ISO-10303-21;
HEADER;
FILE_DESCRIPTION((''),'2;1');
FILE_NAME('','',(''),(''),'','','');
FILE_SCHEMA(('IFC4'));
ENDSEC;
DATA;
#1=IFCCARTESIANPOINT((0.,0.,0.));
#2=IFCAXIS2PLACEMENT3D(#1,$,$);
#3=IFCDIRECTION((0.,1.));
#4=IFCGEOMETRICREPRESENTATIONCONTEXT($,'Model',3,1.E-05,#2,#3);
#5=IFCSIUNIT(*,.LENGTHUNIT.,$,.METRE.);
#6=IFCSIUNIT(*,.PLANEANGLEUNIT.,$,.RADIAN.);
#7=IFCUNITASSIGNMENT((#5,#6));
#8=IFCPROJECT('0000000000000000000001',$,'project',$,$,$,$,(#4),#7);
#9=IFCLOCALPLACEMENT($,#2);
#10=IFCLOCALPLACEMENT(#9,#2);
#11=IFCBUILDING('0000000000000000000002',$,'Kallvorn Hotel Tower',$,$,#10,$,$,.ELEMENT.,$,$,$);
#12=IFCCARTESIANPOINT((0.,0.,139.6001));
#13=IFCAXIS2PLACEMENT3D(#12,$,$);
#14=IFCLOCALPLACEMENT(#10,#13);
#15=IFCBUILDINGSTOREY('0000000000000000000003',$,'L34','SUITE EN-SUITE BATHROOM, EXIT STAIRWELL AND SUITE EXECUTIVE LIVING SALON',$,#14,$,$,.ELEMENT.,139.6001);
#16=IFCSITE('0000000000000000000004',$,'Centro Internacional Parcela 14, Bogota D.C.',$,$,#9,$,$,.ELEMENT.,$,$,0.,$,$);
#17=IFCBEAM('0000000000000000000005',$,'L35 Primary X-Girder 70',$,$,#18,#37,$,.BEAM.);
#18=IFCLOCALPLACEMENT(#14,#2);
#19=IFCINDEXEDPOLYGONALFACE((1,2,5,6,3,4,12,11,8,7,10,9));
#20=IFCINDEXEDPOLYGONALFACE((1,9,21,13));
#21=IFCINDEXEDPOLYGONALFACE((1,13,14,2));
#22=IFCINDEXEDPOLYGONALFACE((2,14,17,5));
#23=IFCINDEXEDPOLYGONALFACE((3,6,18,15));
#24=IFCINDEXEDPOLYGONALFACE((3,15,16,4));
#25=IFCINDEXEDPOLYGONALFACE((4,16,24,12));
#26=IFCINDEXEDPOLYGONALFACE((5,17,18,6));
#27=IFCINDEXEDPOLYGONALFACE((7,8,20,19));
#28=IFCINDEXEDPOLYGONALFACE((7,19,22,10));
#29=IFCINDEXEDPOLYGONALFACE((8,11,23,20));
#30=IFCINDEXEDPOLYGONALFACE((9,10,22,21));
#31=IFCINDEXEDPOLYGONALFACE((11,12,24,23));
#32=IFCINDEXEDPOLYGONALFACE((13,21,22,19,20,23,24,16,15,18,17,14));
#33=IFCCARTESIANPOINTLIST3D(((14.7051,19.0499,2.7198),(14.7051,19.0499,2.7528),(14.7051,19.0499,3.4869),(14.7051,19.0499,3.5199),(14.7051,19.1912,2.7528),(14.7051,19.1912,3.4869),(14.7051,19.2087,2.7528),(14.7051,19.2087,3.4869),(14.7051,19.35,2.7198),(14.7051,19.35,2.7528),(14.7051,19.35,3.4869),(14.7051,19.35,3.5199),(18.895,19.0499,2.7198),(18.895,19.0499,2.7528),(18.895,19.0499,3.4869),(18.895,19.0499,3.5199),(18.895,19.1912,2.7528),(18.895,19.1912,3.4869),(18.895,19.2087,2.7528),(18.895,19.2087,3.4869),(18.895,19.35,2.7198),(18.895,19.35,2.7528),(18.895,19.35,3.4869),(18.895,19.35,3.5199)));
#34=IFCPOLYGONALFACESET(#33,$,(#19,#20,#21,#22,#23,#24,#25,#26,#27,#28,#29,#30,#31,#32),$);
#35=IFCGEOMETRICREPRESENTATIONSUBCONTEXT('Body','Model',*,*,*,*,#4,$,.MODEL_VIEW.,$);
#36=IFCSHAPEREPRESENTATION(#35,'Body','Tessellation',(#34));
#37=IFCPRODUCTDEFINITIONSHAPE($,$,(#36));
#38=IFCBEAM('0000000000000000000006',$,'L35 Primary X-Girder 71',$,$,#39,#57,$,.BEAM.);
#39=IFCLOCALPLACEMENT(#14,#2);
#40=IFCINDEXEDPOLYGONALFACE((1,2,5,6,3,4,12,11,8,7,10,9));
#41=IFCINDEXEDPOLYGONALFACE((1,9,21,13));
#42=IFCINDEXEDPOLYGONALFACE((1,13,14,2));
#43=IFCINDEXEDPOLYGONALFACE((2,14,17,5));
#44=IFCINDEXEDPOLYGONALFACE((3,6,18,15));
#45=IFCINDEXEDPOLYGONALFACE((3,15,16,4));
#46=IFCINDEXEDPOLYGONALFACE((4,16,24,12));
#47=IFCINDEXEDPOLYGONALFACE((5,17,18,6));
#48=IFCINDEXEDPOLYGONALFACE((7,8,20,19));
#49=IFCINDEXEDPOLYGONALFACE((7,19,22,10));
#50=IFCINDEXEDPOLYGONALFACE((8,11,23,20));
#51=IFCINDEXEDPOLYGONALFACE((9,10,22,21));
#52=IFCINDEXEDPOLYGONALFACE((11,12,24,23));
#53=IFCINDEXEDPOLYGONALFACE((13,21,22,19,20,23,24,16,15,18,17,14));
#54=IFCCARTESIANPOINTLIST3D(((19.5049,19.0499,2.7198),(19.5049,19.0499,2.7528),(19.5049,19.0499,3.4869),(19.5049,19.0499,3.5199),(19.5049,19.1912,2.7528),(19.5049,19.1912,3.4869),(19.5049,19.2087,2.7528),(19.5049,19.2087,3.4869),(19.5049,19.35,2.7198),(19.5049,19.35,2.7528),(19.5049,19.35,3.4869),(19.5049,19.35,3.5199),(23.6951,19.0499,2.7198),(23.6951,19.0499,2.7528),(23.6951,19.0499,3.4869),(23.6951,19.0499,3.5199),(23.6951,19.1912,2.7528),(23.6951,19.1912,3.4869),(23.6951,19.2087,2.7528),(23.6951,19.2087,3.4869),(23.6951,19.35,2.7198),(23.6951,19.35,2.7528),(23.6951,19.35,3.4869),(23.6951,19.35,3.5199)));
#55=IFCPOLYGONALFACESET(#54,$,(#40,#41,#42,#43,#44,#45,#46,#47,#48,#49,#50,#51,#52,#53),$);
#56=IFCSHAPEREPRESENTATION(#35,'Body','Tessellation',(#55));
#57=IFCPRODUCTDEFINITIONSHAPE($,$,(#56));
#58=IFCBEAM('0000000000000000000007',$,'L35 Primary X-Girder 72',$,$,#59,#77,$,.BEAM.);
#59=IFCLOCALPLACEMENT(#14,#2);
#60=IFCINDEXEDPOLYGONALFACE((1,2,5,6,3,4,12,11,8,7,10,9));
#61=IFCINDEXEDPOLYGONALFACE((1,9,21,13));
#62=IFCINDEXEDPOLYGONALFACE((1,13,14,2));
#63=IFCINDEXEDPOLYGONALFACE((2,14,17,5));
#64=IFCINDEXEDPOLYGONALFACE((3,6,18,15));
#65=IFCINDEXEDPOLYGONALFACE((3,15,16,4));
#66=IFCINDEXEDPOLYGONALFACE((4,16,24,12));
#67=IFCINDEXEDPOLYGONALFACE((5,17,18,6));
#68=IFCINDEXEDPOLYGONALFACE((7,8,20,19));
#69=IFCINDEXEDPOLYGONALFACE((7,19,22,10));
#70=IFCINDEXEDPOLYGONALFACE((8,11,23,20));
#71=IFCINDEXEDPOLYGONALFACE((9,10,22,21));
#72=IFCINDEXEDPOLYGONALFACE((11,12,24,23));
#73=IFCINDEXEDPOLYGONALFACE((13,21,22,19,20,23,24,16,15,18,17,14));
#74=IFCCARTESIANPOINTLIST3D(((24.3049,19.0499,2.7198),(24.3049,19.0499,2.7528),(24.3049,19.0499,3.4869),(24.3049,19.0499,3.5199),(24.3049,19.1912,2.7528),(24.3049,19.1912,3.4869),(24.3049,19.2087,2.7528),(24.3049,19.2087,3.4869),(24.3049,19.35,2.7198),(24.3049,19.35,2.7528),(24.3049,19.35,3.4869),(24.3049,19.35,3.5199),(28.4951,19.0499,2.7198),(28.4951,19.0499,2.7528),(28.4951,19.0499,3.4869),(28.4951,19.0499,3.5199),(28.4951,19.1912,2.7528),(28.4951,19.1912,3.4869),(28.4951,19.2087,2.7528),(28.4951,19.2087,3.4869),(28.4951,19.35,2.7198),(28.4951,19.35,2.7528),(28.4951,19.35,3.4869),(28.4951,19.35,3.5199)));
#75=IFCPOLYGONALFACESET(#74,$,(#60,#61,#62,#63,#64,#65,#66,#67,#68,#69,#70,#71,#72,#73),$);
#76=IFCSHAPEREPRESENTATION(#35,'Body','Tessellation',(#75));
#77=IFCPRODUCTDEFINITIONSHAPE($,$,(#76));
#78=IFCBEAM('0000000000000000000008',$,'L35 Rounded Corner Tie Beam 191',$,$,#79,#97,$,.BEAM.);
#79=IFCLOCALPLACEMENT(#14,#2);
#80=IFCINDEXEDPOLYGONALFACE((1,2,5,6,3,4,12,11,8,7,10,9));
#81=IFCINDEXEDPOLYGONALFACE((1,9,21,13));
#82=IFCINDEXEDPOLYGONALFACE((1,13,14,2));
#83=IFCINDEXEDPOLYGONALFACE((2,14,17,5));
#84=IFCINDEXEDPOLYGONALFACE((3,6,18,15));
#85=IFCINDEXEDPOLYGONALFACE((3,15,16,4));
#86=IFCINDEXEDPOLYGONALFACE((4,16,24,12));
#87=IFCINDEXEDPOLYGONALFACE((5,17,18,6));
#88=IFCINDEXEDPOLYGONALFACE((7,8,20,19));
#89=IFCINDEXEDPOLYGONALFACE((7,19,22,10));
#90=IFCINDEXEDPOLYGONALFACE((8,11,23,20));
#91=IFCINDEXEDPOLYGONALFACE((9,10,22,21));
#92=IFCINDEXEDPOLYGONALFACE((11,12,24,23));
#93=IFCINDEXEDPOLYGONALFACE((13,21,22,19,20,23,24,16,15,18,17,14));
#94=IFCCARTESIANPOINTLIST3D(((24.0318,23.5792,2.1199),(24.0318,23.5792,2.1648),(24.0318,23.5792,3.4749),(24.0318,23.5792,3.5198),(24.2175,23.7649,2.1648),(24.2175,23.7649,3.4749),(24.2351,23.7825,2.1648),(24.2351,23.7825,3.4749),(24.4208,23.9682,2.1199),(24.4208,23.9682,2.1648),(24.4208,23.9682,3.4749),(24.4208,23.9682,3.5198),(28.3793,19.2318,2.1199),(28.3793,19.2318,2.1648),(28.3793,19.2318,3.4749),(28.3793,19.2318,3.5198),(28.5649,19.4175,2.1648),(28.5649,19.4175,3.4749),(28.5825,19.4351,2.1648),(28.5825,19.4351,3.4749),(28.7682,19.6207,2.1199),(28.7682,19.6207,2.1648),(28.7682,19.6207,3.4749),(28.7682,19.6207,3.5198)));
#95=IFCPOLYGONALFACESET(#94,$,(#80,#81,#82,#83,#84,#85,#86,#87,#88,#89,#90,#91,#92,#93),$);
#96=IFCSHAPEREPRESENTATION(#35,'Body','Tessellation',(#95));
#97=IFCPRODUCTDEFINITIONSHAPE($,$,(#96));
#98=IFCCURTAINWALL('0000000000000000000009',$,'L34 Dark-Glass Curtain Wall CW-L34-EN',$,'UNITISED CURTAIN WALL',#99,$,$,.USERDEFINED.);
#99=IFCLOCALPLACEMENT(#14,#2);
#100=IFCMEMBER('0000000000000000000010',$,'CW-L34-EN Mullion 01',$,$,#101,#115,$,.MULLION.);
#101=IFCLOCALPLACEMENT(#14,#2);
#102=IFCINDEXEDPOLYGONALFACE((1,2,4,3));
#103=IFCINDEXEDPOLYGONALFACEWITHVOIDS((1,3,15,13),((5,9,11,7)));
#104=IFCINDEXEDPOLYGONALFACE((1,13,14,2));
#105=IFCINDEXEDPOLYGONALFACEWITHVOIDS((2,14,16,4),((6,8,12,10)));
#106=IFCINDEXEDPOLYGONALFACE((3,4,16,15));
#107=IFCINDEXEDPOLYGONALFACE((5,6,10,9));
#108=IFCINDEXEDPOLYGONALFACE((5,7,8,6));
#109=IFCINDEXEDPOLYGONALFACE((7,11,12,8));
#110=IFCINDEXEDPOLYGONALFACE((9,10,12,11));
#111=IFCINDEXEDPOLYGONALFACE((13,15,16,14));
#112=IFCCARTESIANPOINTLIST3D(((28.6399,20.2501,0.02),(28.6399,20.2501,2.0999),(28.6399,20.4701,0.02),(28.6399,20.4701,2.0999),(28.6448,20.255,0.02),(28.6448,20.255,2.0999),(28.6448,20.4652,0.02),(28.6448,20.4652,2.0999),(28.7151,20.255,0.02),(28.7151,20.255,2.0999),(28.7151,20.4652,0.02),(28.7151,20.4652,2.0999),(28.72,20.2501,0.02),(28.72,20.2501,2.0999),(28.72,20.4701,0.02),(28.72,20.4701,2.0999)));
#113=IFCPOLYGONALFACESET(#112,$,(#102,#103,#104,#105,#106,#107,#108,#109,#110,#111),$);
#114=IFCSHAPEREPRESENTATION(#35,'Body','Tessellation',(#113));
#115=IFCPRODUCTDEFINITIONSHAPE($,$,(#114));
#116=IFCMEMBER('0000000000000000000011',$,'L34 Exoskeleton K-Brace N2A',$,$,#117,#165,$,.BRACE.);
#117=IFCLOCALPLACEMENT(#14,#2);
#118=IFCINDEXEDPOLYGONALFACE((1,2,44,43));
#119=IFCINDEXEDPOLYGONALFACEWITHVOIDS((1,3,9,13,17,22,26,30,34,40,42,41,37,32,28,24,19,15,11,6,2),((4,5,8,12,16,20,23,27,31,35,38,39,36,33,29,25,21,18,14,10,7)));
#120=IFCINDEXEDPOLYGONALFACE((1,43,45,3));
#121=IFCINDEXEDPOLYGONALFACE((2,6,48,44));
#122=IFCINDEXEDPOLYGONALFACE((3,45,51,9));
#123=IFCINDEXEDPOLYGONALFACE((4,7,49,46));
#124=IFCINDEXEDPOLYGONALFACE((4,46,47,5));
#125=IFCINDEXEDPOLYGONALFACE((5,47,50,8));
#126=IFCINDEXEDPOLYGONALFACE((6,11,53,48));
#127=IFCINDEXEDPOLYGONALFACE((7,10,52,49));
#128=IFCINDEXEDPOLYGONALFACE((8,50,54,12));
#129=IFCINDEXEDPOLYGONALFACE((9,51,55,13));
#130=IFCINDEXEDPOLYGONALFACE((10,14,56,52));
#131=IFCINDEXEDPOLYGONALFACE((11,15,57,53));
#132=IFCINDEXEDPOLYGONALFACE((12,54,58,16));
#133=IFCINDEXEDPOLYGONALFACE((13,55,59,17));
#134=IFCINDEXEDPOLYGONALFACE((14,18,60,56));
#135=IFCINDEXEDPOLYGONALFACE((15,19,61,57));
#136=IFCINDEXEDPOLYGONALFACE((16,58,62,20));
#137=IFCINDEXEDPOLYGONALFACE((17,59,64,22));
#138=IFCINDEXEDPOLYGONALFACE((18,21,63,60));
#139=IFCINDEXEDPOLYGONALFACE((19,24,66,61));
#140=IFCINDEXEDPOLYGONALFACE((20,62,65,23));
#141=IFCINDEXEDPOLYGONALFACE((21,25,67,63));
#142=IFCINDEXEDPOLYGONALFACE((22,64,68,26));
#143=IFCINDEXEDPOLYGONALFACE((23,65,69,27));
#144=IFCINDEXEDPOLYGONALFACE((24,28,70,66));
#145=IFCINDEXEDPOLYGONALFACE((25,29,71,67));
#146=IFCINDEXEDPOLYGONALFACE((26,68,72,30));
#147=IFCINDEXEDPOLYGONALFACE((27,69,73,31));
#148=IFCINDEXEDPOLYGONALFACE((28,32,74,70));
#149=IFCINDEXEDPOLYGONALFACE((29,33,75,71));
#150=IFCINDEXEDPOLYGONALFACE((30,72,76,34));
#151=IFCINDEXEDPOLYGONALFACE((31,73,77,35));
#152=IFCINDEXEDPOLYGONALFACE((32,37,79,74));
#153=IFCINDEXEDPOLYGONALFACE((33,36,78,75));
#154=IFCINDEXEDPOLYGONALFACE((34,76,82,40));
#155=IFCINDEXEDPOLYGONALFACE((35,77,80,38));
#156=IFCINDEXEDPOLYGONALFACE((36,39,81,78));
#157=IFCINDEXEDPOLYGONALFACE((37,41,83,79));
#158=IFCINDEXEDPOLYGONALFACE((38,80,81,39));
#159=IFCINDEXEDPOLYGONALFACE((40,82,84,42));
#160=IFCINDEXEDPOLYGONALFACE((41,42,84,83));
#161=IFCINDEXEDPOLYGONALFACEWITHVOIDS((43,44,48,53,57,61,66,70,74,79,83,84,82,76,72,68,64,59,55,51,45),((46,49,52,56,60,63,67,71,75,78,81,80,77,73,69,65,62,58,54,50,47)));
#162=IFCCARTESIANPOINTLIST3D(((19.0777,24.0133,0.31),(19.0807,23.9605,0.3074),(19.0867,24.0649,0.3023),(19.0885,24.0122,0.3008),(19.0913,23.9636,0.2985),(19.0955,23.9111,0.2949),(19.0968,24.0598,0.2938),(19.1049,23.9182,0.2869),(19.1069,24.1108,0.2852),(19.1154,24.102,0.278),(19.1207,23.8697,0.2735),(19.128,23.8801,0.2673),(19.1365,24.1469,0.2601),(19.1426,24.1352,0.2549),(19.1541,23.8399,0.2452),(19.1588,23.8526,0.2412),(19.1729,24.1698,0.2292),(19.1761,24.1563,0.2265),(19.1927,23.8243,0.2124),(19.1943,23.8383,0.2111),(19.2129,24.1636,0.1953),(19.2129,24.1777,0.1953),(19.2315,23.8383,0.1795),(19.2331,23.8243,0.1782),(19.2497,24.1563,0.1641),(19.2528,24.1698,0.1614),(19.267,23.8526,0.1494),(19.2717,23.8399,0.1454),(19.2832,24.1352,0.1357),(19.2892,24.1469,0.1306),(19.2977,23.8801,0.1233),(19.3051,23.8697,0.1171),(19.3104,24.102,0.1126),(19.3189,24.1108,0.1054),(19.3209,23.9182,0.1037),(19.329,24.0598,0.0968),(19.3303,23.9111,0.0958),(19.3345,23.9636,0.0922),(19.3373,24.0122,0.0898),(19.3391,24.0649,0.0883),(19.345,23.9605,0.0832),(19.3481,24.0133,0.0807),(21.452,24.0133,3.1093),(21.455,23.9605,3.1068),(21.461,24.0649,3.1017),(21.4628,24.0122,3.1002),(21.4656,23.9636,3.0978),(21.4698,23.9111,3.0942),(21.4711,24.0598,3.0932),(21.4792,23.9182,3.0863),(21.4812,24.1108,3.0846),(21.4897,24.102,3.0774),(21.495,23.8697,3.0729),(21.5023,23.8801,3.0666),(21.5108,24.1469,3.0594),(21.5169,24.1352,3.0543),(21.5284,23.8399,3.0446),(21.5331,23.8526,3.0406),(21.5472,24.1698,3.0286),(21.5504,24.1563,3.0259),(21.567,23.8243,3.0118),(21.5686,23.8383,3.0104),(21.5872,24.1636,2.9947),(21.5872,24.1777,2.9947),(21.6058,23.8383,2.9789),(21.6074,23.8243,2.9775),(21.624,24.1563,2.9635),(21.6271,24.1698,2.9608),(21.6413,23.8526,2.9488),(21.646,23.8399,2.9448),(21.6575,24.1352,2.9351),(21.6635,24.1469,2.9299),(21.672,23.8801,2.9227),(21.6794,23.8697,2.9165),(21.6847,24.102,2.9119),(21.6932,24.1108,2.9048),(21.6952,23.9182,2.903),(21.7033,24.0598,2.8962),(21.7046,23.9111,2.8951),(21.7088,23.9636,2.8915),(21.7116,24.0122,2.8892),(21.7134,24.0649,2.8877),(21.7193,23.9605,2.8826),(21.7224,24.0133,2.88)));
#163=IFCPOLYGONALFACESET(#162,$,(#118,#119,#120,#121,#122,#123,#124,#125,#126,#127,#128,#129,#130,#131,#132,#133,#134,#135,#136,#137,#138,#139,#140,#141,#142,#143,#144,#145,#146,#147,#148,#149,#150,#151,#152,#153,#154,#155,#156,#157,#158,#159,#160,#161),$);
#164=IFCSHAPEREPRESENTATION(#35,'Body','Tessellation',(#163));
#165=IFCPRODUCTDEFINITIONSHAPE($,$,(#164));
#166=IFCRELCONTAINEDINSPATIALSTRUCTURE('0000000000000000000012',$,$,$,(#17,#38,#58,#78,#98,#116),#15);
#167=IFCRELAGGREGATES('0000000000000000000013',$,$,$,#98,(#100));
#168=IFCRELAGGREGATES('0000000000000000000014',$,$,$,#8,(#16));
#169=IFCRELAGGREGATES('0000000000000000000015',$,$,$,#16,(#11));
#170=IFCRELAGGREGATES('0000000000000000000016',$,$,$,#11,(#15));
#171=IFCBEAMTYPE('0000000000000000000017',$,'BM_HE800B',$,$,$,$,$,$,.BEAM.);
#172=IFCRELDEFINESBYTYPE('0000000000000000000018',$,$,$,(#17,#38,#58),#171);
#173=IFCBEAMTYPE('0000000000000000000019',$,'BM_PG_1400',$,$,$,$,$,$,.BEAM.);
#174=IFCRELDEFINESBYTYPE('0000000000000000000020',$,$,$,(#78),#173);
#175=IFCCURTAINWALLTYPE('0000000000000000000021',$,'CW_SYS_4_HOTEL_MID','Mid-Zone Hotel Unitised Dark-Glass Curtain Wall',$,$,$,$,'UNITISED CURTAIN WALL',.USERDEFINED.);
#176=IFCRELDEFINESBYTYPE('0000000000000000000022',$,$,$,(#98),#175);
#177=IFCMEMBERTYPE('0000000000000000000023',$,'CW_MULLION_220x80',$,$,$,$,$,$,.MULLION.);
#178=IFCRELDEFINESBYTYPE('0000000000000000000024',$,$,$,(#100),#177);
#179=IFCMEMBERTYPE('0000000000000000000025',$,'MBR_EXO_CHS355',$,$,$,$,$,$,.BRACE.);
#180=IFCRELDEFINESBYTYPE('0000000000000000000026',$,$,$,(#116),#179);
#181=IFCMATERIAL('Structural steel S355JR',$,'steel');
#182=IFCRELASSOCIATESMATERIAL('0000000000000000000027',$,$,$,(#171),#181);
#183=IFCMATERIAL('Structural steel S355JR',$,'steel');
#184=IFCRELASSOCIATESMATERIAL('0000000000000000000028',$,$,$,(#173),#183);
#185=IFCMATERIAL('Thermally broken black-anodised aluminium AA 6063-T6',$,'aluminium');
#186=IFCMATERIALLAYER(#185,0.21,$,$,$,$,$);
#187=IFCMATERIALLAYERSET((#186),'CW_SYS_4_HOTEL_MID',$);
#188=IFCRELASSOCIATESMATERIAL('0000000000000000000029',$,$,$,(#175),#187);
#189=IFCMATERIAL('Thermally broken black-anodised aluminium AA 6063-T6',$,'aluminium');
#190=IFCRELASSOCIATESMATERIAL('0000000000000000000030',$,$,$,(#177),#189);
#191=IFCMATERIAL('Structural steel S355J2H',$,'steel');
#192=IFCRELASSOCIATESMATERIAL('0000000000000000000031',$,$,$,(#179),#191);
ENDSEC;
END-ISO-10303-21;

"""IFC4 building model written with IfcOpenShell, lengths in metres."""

from ifc_helpers import new_model, si_unit, direction, frame, origin, origin_2d, place, context, subcontext, project, spatial, hollow_rectangle, hollow_circle, i_section, extrude, material, layer, layer_set, material_profile, profile_set, type_object, element, aggregate, save


model = new_model("IFC4")

# Units and contexts
model_context = context("Model", 3, precision=1e-05, world=origin(), true_north=direction((0.0, 1.0)))
body_context = subcontext(model_context, "Body", "Model", "MODEL_VIEW")
ifc_project = project(units=[si_unit("LENGTHUNIT", "METRE"), si_unit("PLANEANGLEUNIT", "RADIAN")], contexts=[model_context])

# Site, building, storey
site_placement = place(None, origin())
site = spatial("IfcSite", under=ifc_project, at=site_placement, Name="Centro Internacional Parcela 14, Bogota D.C.", CompositionType="ELEMENT", RefElevation=0.0)
building_placement = place(site_placement, origin())
building = spatial("IfcBuilding", under=site, at=building_placement, Name="Kallvorn Hotel Tower", CompositionType="ELEMENT")
storey_placement = place(building_placement, frame((0.0, 0.0, 139.6001)))
storey = spatial("IfcBuildingStorey", under=building, at=storey_placement, Name="L34", Description="SUITE EN-SUITE BATHROOM, EXIT STAIRWELL AND SUITE EXECUTIVE LIVING SALON", CompositionType="ELEMENT", Elevation=139.6001)

# Beams
ifc_material_1 = material(Name="Structural steel S355JR", Category="steel")
ifc_material_profile_1 = material_profile(ifc_material_1, i_section(OverallWidth=0.3, OverallDepth=0.8, WebThickness=0.0176, FlangeThickness=0.033, at=origin_2d()), Name="HE 800 B")
ifc_profile_set_1 = profile_set([ifc_material_profile_1], Name="Structural steel S355JR")
beam_type_1 = type_object("IfcBeamType", Name="BM_HE800B", PredefinedType="BEAM", material=ifc_profile_set_1)
beam_1_placement = place(storey_placement, frame((14.7051, 19.2, 3.1199), z_axis=(1.0, 0.0, 0.0), x_axis=(0.0, 1.0, 0.0)))
element("IfcBeam", 1, at=beam_1_placement, inside=storey, type_object=beam_type_1, Name="L35 Primary X-Girder 70", PredefinedType="BEAM", context=body_context, shape_type="SweptSolid", body=[
    extrude(i_section(OverallWidth=0.3, OverallDepth=0.8, WebThickness=0.0176, FlangeThickness=0.033, at=origin_2d()), origin(), (0.0, 0.0, 1.0), 4.1899),
])
for number, where, z_axis, x_axis, name in (
    (2, (19.5049, 19.2, 3.1199), (1.0, 0.0, 0.0), (0.0, 1.0, 0.0), "L35 Primary X-Girder 71"),
    (3, (24.3049, 19.2, 3.1199), (1.0, 0.0, 0.0), (0.0, 1.0, 0.0), "L35 Primary X-Girder 72"),
):
    element("IfcBeam", number, at=place(storey_placement, frame(where, z_axis=z_axis, x_axis=x_axis)), inside=storey, type_object=beam_type_1, Name=name, PredefinedType="BEAM", context=body_context, shape_type="SweptSolid", body=[
        extrude(i_section(OverallWidth=0.3, OverallDepth=0.8, WebThickness=0.0176, FlangeThickness=0.033, at=origin_2d()), origin(), (0.0, 0.0, 1.0), 4.1902),
    ])
ifc_material_2 = material(Name="Structural steel S355JR", Category="steel")
ifc_material_profile_2 = material_profile(ifc_material_2, i_section(OverallWidth=0.55, OverallDepth=1.3999, WebThickness=0.0249, FlangeThickness=0.0449, at=origin_2d()), Name="PG 1400x550x25x45")
ifc_profile_set_2 = profile_set([ifc_material_profile_2], Name="Structural steel S355JR")
beam_type_2 = type_object("IfcBeamType", Name="BM_PG_1400", PredefinedType="BEAM", material=ifc_profile_set_2)
beam_2_placement = place(storey_placement, frame((28.5737, 19.4263, 2.8198), z_axis=(-0.707107, 0.707107, 0.0), x_axis=(-0.707107, -0.707107, 0.0)))
element("IfcBeam", 4, at=beam_2_placement, inside=storey, type_object=beam_type_2, Name="L35 Rounded Corner Tie Beam 191", PredefinedType="BEAM", context=body_context, shape_type="SweptSolid", body=[
    extrude(i_section(OverallWidth=0.55, OverallDepth=1.3999, WebThickness=0.0249, FlangeThickness=0.0449, at=origin_2d()), origin(), (0.0, 0.0, 1.0), 6.1482),
])

# Curtain wall, member
ifc_material_3 = material(Name="Thermally broken black-anodised aluminium AA 6063-T6", Category="aluminium")
ifc_layer_1 = layer(ifc_material_3, 0.21)
ifc_layer_set_1 = layer_set([ifc_layer_1], Name="CW_SYS_4_HOTEL_MID")
curtain_wall_type = type_object("IfcCurtainWallType", Name="CW_SYS_4_HOTEL_MID", Description="Mid-Zone Hotel Unitised Dark-Glass Curtain Wall", ElementType="UNITISED CURTAIN WALL", PredefinedType="USERDEFINED", material=ifc_layer_set_1)
curtain_wall_placement = place(storey_placement, origin())
curtain_wall = element("IfcCurtainWall", 5, at=curtain_wall_placement, inside=storey, type_object=curtain_wall_type, Name="L34 Dark-Glass Curtain Wall CW-L34-EN", ObjectType="UNITISED CURTAIN WALL", PredefinedType="USERDEFINED")
ifc_material_4 = material(Name="Thermally broken black-anodised aluminium AA 6063-T6", Category="aluminium")
ifc_material_profile_3 = material_profile(ifc_material_4, hollow_rectangle(XDim=0.0801, YDim=0.22, WallThickness=0.0049, at=origin_2d()), Name="MUL 220x80")
ifc_profile_set_3 = profile_set([ifc_material_profile_3], Name="Thermally broken black-anodised aluminium AA 6063-T6")
member_type_1 = type_object("IfcMemberType", Name="CW_MULLION_220x80", PredefinedType="MULLION", material=ifc_profile_set_3)
member_placement = place(storey_placement, frame((28.6799, 20.3601, 0.02), z_axis=(0.0, 0.0, 1.0), x_axis=(1.0, 0.0, 0.0)))
member = element("IfcMember", 6, at=member_placement, type_object=member_type_1, Name="CW-L34-EN Mullion 01", PredefinedType="MULLION", context=body_context, shape_type="SweptSolid", body=[
    extrude(hollow_rectangle(XDim=0.0801, YDim=0.22, WallThickness=0.0049, at=origin_2d()), origin(), (0.0, 0.0, 1.0), 2.0798),
])
aggregate(curtain_wall, [member])

# Member
ifc_material_5 = material(Name="Structural steel S355J2H", Category="steel")
ifc_material_profile_4 = material_profile(ifc_material_5, hollow_circle(Radius=0.1777, WallThickness=0.0142, at=origin_2d()), Name="CHS 355.6x14.2")
ifc_profile_set_4 = profile_set([ifc_material_profile_4], Name="Structural steel S355J2H")
member_type_2 = type_object("IfcMemberType", Name="MBR_EXO_CHS355", PredefinedType="BRACE", material=ifc_profile_set_4)
for number, where, z_axis, x_axis, name in (
    (7, (19.2129, 24.0, 0.1953), (0.646833, 0.0, 0.762631), (0.0, 1.0, 0.0), "L34 Exoskeleton K-Brace N2A"),
):
    element("IfcMember", number, at=place(storey_placement, frame(where, z_axis=z_axis, x_axis=x_axis)), inside=storey, type_object=member_type_2, Name=name, PredefinedType="BRACE", context=body_context, shape_type="SweptSolid", body=[
        extrude(hollow_circle(Radius=0.1777, WallThickness=0.0142, at=origin_2d()), origin(), (0.0, 0.0, 1.0), 3.6707),
    ])

save(model, "model.ifc")
